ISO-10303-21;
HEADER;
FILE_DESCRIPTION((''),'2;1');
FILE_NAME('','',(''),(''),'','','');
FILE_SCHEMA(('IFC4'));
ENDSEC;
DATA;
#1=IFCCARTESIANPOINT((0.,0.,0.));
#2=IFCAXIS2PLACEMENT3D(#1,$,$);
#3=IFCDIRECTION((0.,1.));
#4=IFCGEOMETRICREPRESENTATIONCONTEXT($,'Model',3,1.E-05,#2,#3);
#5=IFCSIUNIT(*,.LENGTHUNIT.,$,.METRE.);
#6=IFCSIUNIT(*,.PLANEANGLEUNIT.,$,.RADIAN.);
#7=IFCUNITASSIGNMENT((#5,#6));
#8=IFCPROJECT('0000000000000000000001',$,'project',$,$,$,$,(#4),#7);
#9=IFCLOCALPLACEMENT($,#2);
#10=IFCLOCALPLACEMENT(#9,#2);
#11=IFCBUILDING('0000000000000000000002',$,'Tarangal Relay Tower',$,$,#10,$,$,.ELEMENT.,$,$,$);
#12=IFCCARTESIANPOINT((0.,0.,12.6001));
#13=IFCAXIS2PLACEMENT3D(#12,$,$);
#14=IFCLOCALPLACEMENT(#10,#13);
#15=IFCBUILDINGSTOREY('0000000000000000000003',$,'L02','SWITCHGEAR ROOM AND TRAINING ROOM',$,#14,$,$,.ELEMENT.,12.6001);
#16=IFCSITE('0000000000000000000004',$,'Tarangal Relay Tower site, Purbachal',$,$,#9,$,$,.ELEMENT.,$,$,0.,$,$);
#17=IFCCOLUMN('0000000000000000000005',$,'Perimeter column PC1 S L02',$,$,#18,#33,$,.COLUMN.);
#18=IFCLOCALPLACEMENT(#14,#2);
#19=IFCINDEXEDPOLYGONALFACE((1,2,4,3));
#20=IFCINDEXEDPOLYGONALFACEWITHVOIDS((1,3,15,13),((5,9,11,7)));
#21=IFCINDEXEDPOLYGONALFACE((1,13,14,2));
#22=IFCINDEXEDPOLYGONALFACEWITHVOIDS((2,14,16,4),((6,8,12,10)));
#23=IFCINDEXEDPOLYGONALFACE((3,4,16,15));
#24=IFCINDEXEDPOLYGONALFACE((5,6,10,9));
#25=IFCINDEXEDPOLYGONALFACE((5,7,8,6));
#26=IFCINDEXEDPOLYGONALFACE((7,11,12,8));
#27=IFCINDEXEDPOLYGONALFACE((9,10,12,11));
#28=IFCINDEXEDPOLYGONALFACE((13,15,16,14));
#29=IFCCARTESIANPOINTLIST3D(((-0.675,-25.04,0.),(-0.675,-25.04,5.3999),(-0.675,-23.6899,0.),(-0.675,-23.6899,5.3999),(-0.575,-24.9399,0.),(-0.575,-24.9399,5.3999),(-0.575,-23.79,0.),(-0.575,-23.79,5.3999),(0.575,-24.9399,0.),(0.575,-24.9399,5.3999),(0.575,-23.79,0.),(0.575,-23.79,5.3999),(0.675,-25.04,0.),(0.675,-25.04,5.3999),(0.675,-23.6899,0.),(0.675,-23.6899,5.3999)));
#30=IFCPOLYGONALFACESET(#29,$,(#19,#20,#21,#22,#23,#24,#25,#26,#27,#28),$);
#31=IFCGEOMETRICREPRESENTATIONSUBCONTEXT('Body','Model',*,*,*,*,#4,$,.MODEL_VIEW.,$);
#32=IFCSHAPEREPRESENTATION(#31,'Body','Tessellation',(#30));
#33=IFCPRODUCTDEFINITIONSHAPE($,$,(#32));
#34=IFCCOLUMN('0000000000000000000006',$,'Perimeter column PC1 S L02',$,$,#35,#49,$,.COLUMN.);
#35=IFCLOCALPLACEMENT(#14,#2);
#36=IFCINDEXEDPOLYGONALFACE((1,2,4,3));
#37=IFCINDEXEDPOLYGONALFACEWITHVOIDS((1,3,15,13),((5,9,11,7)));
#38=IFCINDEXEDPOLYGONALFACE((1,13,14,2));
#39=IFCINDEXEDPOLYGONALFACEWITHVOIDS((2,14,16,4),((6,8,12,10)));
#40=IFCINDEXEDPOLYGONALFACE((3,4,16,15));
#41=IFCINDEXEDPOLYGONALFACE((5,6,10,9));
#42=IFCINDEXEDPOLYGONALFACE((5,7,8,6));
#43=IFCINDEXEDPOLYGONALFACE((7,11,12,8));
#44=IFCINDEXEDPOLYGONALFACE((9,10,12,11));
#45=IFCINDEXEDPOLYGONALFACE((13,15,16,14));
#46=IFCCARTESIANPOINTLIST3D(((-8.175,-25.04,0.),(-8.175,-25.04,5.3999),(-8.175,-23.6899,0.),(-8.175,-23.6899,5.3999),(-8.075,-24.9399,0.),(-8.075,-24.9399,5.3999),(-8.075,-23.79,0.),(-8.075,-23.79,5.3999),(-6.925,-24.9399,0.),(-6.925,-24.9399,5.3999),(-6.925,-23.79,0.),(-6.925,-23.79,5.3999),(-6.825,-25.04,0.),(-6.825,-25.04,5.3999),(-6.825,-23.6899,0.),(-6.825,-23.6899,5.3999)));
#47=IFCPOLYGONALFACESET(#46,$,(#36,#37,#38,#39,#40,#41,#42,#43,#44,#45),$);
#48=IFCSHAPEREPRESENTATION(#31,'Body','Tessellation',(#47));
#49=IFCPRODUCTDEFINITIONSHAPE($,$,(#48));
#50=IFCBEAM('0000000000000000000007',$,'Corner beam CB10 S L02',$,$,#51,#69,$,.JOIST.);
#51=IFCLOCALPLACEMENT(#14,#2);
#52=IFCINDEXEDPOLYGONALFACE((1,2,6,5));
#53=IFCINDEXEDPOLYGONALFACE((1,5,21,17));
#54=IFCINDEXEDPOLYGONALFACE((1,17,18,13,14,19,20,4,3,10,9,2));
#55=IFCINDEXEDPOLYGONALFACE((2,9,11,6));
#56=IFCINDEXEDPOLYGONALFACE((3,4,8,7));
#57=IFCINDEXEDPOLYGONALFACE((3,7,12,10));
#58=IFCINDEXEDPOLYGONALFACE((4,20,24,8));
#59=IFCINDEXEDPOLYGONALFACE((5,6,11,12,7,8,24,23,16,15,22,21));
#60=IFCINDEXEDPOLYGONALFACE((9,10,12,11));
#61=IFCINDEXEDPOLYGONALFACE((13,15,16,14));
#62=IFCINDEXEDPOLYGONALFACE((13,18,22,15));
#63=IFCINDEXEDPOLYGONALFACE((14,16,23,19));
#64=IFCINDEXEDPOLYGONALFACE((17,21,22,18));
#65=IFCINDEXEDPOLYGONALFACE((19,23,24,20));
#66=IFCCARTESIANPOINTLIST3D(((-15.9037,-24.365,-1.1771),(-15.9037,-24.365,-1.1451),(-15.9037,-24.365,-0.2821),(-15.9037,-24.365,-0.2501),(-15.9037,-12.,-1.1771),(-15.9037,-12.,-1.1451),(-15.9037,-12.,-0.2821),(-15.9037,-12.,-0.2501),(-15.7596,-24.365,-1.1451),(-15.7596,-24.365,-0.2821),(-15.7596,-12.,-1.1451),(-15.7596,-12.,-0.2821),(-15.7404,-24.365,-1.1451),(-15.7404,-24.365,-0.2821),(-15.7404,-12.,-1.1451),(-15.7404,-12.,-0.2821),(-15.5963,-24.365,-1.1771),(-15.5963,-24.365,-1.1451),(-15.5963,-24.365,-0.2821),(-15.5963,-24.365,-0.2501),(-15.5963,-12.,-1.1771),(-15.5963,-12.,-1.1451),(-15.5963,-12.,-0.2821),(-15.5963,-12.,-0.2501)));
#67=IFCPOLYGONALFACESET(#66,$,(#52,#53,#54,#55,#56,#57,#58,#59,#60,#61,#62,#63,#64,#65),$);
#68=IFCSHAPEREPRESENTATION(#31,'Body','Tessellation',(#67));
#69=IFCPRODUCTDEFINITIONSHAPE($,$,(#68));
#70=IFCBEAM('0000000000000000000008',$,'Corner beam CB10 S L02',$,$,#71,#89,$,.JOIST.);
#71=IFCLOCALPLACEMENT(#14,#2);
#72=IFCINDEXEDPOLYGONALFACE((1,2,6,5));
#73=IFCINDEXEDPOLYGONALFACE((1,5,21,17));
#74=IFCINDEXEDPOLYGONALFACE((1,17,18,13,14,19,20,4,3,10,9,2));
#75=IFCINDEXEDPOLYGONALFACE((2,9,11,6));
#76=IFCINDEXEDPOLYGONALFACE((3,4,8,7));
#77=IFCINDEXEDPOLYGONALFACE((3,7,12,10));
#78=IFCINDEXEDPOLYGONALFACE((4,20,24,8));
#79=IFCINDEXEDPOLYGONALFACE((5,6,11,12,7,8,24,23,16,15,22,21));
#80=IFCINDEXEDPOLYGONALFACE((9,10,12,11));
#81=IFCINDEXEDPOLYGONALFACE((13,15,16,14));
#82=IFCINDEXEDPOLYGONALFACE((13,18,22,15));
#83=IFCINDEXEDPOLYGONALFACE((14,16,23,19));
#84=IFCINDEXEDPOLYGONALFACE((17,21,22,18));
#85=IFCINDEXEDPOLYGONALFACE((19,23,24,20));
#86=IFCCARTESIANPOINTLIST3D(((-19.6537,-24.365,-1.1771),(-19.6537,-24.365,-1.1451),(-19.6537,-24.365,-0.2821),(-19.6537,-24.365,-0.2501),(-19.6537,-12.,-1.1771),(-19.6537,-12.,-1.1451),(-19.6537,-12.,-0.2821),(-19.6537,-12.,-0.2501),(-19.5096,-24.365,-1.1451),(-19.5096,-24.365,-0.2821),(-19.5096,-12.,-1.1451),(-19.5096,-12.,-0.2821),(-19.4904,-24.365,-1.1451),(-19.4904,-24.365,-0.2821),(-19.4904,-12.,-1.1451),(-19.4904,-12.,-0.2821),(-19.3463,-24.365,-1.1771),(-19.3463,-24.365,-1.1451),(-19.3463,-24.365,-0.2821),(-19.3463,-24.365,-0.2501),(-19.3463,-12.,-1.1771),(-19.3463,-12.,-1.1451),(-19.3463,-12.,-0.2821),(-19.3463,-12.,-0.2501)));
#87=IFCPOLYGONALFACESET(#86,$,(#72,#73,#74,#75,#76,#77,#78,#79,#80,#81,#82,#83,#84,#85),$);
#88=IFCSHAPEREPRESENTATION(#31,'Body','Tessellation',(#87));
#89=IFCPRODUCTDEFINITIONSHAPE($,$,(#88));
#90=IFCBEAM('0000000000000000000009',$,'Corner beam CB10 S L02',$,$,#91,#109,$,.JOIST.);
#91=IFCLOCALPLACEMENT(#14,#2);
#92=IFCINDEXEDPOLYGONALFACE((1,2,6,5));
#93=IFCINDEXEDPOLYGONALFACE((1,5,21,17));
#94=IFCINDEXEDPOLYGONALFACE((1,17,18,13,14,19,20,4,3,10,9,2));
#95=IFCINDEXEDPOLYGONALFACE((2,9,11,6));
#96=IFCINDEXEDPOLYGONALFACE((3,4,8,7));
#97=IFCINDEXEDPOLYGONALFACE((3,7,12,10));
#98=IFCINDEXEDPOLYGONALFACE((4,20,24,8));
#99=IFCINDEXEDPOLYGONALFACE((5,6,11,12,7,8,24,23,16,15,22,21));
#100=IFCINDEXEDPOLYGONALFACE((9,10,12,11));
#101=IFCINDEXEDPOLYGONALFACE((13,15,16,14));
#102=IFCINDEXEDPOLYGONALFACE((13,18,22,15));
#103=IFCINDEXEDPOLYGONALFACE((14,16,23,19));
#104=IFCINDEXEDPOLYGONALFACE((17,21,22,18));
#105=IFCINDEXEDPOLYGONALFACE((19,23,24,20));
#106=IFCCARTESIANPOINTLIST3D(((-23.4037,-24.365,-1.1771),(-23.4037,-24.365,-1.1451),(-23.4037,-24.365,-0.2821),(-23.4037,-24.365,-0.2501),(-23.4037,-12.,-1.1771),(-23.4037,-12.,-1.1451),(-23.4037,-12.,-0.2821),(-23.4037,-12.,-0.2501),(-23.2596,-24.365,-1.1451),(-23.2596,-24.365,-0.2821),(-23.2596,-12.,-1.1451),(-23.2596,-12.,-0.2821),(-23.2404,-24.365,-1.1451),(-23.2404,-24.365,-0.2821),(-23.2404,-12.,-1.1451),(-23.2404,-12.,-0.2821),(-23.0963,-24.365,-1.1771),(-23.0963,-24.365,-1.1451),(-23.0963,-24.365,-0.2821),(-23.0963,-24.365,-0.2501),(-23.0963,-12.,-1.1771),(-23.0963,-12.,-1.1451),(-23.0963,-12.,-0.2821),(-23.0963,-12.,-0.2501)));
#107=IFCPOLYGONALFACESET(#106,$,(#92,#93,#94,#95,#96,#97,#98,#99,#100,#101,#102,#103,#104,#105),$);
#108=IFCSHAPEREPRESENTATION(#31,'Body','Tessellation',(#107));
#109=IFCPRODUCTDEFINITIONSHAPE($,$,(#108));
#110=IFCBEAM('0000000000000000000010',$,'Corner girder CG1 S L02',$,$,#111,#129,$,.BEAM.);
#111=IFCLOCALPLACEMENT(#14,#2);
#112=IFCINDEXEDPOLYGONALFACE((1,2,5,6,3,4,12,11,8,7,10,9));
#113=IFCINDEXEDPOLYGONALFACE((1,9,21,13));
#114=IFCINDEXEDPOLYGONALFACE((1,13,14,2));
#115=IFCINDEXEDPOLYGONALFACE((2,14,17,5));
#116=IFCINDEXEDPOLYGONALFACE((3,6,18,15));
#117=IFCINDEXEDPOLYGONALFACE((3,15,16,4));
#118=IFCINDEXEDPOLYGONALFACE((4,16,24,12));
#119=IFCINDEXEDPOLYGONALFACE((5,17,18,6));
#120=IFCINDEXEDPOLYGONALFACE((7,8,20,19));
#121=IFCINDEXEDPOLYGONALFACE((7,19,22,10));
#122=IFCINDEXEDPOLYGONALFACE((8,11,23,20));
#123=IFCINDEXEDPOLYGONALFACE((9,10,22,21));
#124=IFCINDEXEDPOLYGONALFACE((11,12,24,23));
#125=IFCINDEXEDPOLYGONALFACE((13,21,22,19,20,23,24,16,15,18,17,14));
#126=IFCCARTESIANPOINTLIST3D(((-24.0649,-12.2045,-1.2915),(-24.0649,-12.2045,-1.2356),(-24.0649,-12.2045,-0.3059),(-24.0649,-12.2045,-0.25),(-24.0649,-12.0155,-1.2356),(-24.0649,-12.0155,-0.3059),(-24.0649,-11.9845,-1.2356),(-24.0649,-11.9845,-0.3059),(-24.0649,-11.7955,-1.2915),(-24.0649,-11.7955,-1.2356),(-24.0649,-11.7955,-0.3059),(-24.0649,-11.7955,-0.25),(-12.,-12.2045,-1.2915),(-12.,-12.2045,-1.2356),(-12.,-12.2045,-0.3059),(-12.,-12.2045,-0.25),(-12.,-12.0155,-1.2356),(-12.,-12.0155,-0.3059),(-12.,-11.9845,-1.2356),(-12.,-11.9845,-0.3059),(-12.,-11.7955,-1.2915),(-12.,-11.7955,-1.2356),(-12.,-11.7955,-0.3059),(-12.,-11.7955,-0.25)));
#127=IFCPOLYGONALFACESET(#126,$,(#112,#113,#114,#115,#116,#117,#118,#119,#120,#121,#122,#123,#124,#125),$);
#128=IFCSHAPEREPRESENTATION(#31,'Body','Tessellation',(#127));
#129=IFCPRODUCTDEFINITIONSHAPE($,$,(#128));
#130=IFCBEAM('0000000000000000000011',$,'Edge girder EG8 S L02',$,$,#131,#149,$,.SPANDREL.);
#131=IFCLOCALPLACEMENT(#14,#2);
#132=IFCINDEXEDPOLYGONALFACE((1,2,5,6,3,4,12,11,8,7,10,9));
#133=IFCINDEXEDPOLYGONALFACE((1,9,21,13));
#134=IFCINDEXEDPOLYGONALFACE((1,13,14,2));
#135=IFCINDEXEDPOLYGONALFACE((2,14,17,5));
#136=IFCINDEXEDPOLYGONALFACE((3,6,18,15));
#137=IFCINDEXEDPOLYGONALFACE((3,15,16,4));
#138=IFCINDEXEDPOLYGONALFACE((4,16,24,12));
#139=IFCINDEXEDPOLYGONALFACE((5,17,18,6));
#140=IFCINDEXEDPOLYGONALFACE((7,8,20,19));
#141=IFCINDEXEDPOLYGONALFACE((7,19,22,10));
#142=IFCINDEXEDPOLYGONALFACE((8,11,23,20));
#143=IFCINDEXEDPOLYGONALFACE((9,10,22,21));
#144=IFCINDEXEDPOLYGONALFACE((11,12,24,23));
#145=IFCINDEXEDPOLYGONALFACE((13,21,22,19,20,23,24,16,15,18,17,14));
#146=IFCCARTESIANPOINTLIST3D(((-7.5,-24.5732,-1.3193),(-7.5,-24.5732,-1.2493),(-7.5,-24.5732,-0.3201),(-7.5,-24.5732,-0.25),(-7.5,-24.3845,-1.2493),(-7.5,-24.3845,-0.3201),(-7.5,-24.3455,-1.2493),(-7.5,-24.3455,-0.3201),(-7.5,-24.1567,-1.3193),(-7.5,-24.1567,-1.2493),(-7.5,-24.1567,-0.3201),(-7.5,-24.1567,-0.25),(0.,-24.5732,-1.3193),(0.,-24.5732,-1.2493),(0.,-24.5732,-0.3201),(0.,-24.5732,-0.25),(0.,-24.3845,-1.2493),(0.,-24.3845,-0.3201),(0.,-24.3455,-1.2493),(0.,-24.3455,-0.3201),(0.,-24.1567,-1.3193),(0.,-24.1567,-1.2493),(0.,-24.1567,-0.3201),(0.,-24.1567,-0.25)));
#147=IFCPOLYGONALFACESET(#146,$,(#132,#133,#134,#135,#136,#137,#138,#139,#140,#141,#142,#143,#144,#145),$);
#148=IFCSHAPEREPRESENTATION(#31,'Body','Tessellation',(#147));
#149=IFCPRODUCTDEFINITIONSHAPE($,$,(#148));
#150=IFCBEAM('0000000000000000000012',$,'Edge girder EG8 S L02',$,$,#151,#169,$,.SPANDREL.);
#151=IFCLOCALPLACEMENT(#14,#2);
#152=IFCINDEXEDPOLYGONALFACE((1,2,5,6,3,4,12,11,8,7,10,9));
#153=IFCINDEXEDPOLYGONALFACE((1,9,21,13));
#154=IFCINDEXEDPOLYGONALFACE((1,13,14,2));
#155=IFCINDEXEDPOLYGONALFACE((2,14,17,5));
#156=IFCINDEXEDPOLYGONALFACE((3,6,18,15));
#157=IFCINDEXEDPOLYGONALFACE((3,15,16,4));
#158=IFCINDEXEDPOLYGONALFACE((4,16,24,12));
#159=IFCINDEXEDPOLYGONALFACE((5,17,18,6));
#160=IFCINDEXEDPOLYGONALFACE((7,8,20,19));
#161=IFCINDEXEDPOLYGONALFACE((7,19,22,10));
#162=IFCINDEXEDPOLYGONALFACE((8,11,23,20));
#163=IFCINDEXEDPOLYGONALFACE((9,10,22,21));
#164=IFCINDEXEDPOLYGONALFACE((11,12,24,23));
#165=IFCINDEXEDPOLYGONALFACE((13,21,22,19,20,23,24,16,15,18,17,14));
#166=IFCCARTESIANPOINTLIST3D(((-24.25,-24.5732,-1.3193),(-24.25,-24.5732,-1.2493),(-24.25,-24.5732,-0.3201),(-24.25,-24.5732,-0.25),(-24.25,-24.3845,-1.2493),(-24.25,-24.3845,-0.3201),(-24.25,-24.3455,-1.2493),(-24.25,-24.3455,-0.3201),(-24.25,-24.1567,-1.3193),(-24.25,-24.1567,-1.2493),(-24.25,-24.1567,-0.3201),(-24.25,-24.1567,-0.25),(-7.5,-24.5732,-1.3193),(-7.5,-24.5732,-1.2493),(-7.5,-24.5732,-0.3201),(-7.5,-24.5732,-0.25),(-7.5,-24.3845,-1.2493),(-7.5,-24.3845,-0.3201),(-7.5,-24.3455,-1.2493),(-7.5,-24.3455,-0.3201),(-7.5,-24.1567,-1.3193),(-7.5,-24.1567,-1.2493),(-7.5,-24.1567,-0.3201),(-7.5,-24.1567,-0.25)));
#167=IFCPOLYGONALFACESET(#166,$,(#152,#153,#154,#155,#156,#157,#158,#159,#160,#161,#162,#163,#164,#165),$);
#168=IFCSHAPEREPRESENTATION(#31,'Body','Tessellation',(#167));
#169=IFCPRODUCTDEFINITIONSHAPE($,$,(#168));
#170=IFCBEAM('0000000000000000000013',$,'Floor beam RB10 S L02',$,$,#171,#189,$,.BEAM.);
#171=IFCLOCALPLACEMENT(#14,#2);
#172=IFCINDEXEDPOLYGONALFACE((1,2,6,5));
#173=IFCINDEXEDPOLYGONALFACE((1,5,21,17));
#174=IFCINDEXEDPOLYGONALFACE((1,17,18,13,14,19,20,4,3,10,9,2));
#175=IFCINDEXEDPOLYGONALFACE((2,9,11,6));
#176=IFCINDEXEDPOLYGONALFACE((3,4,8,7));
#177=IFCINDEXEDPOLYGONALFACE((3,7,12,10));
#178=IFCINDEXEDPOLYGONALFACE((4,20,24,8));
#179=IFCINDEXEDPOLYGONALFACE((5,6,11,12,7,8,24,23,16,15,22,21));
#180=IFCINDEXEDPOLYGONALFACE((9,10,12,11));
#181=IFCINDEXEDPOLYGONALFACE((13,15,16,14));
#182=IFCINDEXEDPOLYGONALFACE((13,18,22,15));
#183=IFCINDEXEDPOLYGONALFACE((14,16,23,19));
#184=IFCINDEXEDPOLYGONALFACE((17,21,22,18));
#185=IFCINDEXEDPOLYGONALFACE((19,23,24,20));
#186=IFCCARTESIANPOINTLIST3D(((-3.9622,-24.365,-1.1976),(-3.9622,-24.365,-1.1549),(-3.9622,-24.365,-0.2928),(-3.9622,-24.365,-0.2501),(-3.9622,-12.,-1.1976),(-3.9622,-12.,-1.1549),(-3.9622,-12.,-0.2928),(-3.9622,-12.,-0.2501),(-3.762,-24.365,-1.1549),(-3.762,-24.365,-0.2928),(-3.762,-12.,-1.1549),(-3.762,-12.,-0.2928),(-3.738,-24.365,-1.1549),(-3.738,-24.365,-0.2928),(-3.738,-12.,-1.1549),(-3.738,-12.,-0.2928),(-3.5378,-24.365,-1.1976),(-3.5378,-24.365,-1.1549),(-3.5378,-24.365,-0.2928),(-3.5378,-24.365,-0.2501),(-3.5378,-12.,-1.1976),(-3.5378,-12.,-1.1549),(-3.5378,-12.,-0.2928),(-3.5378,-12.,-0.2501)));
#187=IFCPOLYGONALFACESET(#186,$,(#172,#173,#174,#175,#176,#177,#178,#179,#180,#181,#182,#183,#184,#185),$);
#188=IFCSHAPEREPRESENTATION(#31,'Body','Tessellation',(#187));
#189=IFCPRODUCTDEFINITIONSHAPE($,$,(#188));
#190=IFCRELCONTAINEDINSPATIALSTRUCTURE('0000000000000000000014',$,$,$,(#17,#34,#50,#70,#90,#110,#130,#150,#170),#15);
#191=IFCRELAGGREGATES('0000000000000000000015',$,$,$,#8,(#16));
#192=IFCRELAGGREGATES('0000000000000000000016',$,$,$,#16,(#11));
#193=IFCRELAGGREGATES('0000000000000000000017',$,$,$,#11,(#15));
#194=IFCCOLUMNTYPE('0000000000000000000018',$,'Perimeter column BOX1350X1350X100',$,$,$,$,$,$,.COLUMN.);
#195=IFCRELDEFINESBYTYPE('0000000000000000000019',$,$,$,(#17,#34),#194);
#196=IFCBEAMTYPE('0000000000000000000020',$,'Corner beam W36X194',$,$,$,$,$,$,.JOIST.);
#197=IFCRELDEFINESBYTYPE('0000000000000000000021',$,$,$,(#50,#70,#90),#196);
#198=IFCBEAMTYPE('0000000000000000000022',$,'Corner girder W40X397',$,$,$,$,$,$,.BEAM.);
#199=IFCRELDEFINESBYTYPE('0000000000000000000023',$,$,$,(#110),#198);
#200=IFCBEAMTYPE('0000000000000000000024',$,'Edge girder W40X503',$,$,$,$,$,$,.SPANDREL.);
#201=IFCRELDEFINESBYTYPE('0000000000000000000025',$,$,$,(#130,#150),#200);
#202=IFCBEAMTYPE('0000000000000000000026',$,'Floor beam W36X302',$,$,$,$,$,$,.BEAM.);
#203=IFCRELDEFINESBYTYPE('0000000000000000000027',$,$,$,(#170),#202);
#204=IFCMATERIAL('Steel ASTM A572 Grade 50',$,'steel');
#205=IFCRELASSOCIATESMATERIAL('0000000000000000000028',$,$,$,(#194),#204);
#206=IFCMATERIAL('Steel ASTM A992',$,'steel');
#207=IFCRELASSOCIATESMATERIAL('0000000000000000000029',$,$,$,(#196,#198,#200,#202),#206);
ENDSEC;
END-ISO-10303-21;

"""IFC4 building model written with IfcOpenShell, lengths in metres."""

from ifc_helpers import new_model, si_unit, direction, frame, origin, origin_2d, place, context, subcontext, project, spatial, hollow_rectangle, i_section, extrude, material, material_profile, profile_set, type_object, element, save


model = new_model("IFC4")

# Units and contexts
model_context = context("Model", 3, precision=1e-05, world=origin(), true_north=direction((0.0, 1.0)))
body_context = subcontext(model_context, "Body", "Model", "MODEL_VIEW")
ifc_project = project(units=[si_unit("LENGTHUNIT", "METRE"), si_unit("PLANEANGLEUNIT", "RADIAN")], contexts=[model_context])

# Site, building, storey
site_placement = place(None, origin())
site = spatial("IfcSite", under=ifc_project, at=site_placement, Name="Tarangal Relay Tower site, Purbachal", CompositionType="ELEMENT", RefElevation=0.0)
building_placement = place(site_placement, origin())
building = spatial("IfcBuilding", under=site, at=building_placement, Name="Tarangal Relay Tower", CompositionType="ELEMENT")
storey_placement = place(building_placement, frame((0.0, 0.0, 12.6001)))
storey = spatial("IfcBuildingStorey", under=building, at=storey_placement, Name="L02", Description="SWITCHGEAR ROOM AND TRAINING ROOM", CompositionType="ELEMENT", Elevation=12.6001)

# Columns
ifc_material_1 = material(Name="Steel ASTM A572 Grade 50", Category="steel")
ifc_material_profile_1 = material_profile(ifc_material_1, hollow_rectangle(XDim=1.3501, YDim=1.3501, WallThickness=0.1001, at=origin_2d()), Name="BOX1350X1350X100")
ifc_profile_set_1 = profile_set([ifc_material_profile_1], Name="Steel ASTM A572 Grade 50")
column_type = type_object("IfcColumnType", Name="Perimeter column BOX1350X1350X100", PredefinedType="COLUMN", material=ifc_profile_set_1)
for number, where, z_axis, x_axis, name in (
    (1, (0.0, -24.365, 0.0), (0.0, 0.0, 1.0), (1.0, 0.0, 0.0), "Perimeter column PC1 S L02"),
    (2, (-7.5, -24.365, 0.0), (0.0, 0.0, 1.0), (1.0, 0.0, 0.0), "Perimeter column PC1 S L02"),
):
    element("IfcColumn", number, at=place(storey_placement, frame(where, z_axis=z_axis, x_axis=x_axis)), inside=storey, type_object=column_type, Name=name, PredefinedType="COLUMN", context=body_context, shape_type="SweptSolid", body=[
        extrude(hollow_rectangle(XDim=1.3501, YDim=1.3501, WallThickness=0.1001, at=origin_2d()), origin(), (0.0, 0.0, 1.0), 5.3999),
    ])

# Beams
ifc_material_2 = material(Name="Steel ASTM A992", Category="steel")
ifc_material_profile_2 = material_profile(ifc_material_2, i_section(OverallWidth=0.3074, OverallDepth=0.927, WebThickness=0.0193, FlangeThickness=0.032, at=origin_2d()), Name="W36X194")
ifc_profile_set_2 = profile_set([ifc_material_profile_2], Name="Steel ASTM A992")
beam_type_1 = type_object("IfcBeamType", Name="Corner beam W36X194", PredefinedType="JOIST", material=ifc_profile_set_2)
for number, where, z_axis, x_axis, name in (
    (3, (-15.75, -12.0, -0.7136), (0.0, -1.0, 0.0), (1.0, 0.0, 0.0), "Corner beam CB10 S L02"),
    (4, (-19.5, -12.0, -0.7136), (0.0, -1.0, 0.0), (1.0, 0.0, 0.0), "Corner beam CB10 S L02"),
    (5, (-23.25, -12.0, -0.7136), (0.0, -1.0, 0.0), (1.0, 0.0, 0.0), "Corner beam CB10 S L02"),
):
    element("IfcBeam", number, at=place(storey_placement, frame(where, z_axis=z_axis, x_axis=x_axis)), inside=storey, type_object=beam_type_1, Name=name, PredefinedType="JOIST", context=body_context, shape_type="SweptSolid", body=[
        extrude(i_section(OverallWidth=0.3074, OverallDepth=0.927, WebThickness=0.0193, FlangeThickness=0.032, at=origin_2d()), origin(), (0.0, 0.0, 1.0), 12.365),
    ])
ifc_material_profile_3 = material_profile(ifc_material_2, i_section(OverallWidth=0.4089, OverallDepth=1.0415, WebThickness=0.031, FlangeThickness=0.0559, at=origin_2d()), Name="W40X397")
ifc_profile_set_3 = profile_set([ifc_material_profile_3], Name="Steel ASTM A992")
beam_type_2 = type_object("IfcBeamType", Name="Corner girder W40X397", PredefinedType="BEAM", material=ifc_profile_set_3)
beam_1_placement = place(storey_placement, frame((-12.0, -12.0, -0.7708), z_axis=(-1.0, 0.0, 0.0), x_axis=(0.0, -1.0, 0.0)))
element("IfcBeam", 6, at=beam_1_placement, inside=storey, type_object=beam_type_2, Name="Corner girder CG1 S L02", PredefinedType="BEAM", context=body_context, shape_type="SweptSolid", body=[
    extrude(i_section(OverallWidth=0.4089, OverallDepth=1.0415, WebThickness=0.031, FlangeThickness=0.0559, at=origin_2d()), origin(), (0.0, 0.0, 1.0), 12.0649),
])
ifc_material_profile_4 = material_profile(ifc_material_2, i_section(OverallWidth=0.4165, OverallDepth=1.0693, WebThickness=0.0391, FlangeThickness=0.0701, at=origin_2d()), Name="W40X503")
ifc_profile_set_4 = profile_set([ifc_material_profile_4], Name="Steel ASTM A992")
beam_type_3 = type_object("IfcBeamType", Name="Edge girder W40X503", PredefinedType="SPANDREL", material=ifc_profile_set_4)
beam_2_placement = place(storey_placement, frame((0.0, -24.365, -0.7847), z_axis=(-1.0, 0.0, 0.0), x_axis=(0.0, -1.0, 0.0)))
element("IfcBeam", 7, at=beam_2_placement, inside=storey, type_object=beam_type_3, Name="Edge girder EG8 S L02", PredefinedType="SPANDREL", context=body_context, shape_type="SweptSolid", body=[
    extrude(i_section(OverallWidth=0.4165, OverallDepth=1.0693, WebThickness=0.0391, FlangeThickness=0.0701, at=origin_2d()), origin(), (0.0, 0.0, 1.0), 7.5),
])
beam_3_placement = place(storey_placement, frame((-7.5, -24.365, -0.7847), z_axis=(-1.0, 0.0, 0.0), x_axis=(0.0, -1.0, 0.0)))
element("IfcBeam", 8, at=beam_3_placement, inside=storey, type_object=beam_type_3, Name="Edge girder EG8 S L02", PredefinedType="SPANDREL", context=body_context, shape_type="SweptSolid", body=[
    extrude(i_section(OverallWidth=0.4165, OverallDepth=1.0693, WebThickness=0.0391, FlangeThickness=0.0701, at=origin_2d()), origin(), (0.0, 0.0, 1.0), 16.75),
])
ifc_material_profile_5 = material_profile(ifc_material_2, i_section(OverallWidth=0.4243, OverallDepth=0.9475, WebThickness=0.0239, FlangeThickness=0.0427, at=origin_2d()), Name="W36X302")
ifc_profile_set_5 = profile_set([ifc_material_profile_5], Name="Steel ASTM A992")
beam_type_4 = type_object("IfcBeamType", Name="Floor beam W36X302", PredefinedType="BEAM", material=ifc_profile_set_5)
for number, where, z_axis, x_axis, name in (
    (9, (-3.75, -12.0, -0.7239), (0.0, -1.0, 0.0), (1.0, 0.0, 0.0), "Floor beam RB10 S L02"),
):
    element("IfcBeam", number, at=place(storey_placement, frame(where, z_axis=z_axis, x_axis=x_axis)), inside=storey, type_object=beam_type_4, Name=name, PredefinedType="BEAM", context=body_context, shape_type="SweptSolid", body=[
        extrude(i_section(OverallWidth=0.4243, OverallDepth=0.9475, WebThickness=0.0239, FlangeThickness=0.0427, at=origin_2d()), origin(), (0.0, 0.0, 1.0), 12.365),
    ])

save(model, "model.ifc")
